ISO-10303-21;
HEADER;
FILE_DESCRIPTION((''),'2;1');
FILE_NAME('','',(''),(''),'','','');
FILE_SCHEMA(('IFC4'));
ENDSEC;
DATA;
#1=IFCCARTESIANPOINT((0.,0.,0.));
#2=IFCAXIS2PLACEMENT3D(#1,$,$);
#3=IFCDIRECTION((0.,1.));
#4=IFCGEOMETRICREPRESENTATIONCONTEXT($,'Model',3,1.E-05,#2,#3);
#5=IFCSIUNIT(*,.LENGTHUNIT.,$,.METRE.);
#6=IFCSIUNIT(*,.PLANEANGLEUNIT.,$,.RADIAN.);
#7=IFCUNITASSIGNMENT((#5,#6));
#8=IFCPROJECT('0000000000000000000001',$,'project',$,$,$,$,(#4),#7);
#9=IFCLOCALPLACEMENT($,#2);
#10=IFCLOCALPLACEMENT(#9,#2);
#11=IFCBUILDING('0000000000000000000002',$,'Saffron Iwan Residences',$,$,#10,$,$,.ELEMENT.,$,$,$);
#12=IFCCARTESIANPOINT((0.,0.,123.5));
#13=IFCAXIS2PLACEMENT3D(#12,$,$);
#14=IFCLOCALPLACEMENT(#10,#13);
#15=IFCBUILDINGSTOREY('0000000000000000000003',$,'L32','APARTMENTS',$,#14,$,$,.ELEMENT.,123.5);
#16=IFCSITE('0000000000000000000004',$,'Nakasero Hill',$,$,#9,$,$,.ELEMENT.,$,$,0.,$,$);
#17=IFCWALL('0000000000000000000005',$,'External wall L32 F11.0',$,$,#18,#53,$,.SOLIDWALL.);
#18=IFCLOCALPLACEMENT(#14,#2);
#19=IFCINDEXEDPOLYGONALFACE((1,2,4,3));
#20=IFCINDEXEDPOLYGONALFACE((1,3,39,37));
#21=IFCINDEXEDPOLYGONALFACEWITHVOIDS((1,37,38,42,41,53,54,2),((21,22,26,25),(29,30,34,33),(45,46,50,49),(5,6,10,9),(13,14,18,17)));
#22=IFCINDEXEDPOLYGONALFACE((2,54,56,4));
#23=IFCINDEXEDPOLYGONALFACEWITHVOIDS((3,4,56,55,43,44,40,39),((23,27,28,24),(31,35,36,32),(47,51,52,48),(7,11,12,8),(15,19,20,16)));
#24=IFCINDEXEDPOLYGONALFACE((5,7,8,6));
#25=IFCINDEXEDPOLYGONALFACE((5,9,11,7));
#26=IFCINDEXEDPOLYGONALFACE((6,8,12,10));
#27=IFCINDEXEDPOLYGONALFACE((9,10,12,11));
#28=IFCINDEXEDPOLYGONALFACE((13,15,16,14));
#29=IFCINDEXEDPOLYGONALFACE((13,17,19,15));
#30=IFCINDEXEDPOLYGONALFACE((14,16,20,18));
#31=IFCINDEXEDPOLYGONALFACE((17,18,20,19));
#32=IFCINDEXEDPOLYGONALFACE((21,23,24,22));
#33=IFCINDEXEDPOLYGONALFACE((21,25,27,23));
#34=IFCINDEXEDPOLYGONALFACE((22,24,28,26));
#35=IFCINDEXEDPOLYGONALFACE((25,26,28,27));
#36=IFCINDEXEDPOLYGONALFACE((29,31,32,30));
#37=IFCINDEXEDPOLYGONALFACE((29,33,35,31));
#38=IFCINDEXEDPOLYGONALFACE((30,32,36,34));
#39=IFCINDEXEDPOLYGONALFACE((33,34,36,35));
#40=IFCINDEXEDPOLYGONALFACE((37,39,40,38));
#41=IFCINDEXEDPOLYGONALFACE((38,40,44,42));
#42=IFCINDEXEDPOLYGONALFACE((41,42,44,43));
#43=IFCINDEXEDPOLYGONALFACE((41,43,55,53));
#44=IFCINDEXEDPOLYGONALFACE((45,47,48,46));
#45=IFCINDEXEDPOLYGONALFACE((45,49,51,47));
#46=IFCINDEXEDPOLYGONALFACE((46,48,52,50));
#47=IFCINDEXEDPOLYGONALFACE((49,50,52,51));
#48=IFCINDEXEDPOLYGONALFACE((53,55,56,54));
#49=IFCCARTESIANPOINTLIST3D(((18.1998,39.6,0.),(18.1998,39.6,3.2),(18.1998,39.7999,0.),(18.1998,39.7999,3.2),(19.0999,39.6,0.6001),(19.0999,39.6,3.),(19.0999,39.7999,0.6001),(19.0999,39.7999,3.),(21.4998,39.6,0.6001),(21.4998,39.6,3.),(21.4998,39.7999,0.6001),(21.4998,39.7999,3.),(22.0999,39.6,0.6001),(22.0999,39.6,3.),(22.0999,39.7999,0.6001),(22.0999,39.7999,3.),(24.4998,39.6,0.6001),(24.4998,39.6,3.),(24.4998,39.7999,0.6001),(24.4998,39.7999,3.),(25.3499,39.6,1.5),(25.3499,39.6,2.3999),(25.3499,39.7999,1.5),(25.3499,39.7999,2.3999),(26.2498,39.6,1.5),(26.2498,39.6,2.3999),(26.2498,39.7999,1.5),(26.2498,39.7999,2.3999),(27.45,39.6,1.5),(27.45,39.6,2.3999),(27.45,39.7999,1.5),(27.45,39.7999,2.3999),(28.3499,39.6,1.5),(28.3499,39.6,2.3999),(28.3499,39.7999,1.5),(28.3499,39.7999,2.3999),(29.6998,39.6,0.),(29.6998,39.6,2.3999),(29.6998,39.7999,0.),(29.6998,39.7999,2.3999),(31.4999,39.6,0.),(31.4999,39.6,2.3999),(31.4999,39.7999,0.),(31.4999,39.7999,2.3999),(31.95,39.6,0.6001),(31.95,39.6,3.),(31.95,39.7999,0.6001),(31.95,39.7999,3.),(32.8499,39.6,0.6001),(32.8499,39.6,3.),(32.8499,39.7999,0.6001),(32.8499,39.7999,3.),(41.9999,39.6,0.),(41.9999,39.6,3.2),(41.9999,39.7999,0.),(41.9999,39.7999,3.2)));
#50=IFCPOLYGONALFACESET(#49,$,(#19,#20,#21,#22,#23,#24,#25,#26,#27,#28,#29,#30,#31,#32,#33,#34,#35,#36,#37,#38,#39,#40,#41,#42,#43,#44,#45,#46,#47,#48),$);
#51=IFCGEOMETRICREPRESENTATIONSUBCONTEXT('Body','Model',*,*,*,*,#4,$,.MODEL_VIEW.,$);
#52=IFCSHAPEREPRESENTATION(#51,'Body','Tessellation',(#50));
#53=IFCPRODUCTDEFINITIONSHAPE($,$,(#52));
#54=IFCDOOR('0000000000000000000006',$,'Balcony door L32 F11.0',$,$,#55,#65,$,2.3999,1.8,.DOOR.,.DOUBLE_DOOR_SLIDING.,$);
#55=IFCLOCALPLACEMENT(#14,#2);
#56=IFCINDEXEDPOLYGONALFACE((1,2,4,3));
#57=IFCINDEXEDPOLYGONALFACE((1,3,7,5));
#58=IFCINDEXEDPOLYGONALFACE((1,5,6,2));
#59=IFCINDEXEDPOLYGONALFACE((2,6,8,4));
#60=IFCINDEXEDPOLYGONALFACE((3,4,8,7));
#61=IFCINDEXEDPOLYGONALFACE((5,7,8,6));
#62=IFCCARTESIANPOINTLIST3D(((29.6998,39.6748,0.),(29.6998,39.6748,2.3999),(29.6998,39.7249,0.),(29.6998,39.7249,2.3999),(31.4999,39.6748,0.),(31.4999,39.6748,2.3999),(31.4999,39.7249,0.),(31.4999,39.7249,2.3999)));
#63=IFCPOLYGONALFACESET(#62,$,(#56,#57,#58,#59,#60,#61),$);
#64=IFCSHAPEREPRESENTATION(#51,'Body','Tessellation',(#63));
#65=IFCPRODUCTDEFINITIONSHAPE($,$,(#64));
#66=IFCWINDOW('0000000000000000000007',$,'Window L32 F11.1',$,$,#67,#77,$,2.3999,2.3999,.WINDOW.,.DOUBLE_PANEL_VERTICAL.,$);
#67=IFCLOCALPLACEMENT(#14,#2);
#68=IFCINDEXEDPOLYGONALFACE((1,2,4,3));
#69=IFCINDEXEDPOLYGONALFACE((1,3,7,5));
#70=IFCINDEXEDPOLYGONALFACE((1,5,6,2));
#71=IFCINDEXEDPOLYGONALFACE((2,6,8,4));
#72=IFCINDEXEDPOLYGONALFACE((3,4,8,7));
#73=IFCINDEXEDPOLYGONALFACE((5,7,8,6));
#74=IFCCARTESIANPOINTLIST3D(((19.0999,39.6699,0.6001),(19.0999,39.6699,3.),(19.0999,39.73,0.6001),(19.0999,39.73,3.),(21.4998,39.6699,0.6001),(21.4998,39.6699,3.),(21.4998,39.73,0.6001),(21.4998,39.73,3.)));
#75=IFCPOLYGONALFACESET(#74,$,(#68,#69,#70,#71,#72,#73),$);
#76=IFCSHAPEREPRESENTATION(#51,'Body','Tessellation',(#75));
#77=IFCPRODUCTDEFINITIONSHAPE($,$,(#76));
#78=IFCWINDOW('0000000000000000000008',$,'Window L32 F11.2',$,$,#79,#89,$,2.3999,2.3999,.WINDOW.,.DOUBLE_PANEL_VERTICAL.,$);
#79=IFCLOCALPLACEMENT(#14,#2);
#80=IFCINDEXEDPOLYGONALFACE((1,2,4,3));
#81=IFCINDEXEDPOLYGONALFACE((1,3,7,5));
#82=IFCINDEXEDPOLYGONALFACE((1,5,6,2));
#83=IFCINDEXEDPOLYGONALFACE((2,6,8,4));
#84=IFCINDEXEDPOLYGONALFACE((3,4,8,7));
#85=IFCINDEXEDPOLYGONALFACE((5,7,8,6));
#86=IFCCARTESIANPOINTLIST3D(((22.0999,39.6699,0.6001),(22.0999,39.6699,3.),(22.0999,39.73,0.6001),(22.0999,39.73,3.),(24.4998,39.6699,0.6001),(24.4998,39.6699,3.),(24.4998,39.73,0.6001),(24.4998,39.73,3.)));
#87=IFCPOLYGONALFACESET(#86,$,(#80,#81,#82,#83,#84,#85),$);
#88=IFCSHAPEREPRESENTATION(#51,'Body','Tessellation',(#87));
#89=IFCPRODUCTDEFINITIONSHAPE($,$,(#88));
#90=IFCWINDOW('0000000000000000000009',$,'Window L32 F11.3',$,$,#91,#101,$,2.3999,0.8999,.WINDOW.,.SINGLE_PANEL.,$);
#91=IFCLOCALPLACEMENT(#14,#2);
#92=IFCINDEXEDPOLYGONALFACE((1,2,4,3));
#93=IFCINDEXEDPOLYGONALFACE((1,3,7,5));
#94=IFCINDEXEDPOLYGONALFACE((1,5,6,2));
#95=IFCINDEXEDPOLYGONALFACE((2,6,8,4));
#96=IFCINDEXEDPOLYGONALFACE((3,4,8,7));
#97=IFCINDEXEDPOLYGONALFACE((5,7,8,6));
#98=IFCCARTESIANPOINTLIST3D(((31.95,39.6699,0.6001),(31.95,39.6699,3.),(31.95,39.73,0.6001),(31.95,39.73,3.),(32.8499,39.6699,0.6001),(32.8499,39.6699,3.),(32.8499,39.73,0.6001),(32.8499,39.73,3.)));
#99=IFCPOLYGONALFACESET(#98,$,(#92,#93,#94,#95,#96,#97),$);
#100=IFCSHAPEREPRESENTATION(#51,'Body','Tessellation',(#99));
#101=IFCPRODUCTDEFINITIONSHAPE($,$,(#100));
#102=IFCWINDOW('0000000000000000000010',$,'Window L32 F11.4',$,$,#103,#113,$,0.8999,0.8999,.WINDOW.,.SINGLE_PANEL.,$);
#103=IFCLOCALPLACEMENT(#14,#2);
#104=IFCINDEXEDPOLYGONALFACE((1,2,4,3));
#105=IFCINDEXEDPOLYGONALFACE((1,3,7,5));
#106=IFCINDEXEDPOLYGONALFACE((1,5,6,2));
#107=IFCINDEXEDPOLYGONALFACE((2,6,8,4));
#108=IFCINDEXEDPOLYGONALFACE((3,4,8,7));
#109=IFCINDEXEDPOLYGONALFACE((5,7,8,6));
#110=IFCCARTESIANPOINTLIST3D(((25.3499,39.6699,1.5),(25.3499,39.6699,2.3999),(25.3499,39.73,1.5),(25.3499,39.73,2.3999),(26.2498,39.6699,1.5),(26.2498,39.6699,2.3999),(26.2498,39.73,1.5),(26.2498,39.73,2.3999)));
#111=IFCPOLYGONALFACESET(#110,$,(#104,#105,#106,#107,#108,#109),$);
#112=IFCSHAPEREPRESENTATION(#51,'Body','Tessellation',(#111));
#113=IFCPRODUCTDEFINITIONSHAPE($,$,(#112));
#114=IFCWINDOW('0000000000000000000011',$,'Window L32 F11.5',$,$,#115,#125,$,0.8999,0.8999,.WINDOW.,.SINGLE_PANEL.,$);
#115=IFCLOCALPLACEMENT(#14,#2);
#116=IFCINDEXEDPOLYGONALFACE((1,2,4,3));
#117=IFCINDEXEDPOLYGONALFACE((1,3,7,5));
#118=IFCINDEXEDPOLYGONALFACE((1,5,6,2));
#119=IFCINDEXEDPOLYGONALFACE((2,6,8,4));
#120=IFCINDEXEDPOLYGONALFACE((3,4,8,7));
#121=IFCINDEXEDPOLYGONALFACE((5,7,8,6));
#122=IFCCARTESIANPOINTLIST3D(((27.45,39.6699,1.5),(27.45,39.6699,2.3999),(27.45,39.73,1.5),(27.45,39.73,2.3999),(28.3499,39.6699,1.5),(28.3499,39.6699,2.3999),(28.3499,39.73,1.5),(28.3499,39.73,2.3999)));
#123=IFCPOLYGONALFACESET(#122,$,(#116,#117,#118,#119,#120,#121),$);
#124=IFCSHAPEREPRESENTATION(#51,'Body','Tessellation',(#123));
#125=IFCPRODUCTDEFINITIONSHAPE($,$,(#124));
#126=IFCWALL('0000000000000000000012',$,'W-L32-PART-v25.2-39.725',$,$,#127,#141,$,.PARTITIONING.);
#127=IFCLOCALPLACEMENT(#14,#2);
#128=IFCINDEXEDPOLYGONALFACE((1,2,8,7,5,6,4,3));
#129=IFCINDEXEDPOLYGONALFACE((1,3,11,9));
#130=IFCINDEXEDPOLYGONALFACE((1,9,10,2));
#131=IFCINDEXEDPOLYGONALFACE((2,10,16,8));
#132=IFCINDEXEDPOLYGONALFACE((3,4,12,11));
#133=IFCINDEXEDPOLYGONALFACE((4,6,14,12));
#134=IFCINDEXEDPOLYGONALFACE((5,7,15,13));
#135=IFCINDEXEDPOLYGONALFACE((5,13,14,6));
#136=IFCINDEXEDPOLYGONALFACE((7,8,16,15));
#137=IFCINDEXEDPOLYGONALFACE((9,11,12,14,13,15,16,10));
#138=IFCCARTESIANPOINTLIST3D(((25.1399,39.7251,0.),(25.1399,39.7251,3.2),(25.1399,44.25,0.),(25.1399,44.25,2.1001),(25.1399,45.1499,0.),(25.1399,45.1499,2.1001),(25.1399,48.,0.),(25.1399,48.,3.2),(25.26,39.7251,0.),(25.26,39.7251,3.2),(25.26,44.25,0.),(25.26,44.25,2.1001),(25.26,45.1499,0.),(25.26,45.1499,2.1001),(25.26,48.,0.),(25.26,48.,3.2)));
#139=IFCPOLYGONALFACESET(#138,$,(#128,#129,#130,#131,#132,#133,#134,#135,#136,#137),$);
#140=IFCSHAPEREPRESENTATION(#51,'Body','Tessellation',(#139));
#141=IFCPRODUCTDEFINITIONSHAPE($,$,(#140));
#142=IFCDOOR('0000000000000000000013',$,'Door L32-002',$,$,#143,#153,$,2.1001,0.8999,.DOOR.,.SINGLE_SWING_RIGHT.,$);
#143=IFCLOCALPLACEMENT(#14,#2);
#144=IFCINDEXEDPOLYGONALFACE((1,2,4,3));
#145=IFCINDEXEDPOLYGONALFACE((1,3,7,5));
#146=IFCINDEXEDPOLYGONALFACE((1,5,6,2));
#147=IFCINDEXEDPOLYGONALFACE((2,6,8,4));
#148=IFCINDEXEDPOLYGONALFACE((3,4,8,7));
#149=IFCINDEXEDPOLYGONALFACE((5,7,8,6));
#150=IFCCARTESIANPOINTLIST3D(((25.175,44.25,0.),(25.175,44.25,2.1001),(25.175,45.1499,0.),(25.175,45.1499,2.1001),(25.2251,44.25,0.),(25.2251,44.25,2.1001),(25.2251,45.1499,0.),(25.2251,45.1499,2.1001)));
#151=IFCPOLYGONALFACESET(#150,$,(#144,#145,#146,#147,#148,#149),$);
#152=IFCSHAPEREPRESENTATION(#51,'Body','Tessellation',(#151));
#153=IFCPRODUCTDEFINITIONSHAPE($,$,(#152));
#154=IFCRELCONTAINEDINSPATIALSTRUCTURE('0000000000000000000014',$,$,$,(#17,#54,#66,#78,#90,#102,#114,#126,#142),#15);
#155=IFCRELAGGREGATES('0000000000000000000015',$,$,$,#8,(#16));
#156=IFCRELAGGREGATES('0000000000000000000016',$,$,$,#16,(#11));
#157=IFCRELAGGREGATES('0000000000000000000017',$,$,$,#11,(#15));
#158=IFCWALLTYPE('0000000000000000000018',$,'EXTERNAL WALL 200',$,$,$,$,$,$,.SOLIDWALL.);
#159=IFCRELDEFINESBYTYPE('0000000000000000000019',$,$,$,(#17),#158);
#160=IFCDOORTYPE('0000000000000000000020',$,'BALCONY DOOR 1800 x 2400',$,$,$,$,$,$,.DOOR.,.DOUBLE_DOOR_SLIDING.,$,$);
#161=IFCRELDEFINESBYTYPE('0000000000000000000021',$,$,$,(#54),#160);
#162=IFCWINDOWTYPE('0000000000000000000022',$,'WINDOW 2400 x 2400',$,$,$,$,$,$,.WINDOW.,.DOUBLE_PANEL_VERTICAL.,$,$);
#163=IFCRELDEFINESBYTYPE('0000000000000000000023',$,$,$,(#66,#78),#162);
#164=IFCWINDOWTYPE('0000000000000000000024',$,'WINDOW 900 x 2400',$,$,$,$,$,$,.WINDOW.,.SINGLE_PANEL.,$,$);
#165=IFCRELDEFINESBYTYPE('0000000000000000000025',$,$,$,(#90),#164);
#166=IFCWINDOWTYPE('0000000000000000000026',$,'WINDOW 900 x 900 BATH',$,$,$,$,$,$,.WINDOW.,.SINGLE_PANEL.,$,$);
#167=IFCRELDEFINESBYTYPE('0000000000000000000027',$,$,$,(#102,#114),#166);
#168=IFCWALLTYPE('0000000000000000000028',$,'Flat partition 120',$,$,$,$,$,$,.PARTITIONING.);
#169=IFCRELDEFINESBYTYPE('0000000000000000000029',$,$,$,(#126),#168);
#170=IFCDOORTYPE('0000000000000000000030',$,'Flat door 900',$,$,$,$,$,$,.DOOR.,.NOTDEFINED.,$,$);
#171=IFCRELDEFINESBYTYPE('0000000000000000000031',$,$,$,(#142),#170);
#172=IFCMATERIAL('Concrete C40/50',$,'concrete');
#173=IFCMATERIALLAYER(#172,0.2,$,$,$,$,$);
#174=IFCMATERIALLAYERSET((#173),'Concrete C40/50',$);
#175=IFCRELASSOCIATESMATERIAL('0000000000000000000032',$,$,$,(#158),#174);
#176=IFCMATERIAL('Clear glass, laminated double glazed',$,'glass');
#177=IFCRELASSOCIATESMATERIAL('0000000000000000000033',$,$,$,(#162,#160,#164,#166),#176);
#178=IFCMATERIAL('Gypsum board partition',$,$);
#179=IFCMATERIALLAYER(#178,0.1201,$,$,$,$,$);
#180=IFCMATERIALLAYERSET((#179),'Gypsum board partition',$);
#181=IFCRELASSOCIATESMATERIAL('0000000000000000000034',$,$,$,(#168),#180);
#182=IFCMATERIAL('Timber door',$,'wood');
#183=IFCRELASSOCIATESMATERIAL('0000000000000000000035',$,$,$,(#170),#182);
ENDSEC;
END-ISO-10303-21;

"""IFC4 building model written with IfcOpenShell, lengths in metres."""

from ifc_helpers import new_model, si_unit, direction, frame, frame_2d, origin, place, context, subcontext, project, spatial, rectangle, extrude, material, layer, layer_set, type_object, element, fill, save


model = new_model("IFC4")

# Units and contexts
model_context = context("Model", 3, precision=1e-05, world=origin(), true_north=direction((0.0, 1.0)))
body_context = subcontext(model_context, "Body", "Model", "MODEL_VIEW")
ifc_project = project(units=[si_unit("LENGTHUNIT", "METRE"), si_unit("PLANEANGLEUNIT", "RADIAN")], contexts=[model_context])

# Site, building, storey
site_placement = place(None, origin())
site = spatial("IfcSite", under=ifc_project, at=site_placement, Name="Nakasero Hill", CompositionType="ELEMENT", RefElevation=0.0)
building_placement = place(site_placement, origin())
building = spatial("IfcBuilding", under=site, at=building_placement, Name="Saffron Iwan Residences", CompositionType="ELEMENT")
storey_placement = place(building_placement, frame((0.0, 0.0, 123.5)))
storey = spatial("IfcBuildingStorey", under=building, at=storey_placement, Name="L32", Description="APARTMENTS", CompositionType="ELEMENT", Elevation=123.5)

# Shared definitions
ifc_material_1 = material(Name="Concrete C40/50", Category="concrete")
ifc_layer_1 = layer(ifc_material_1, 0.2)
ifc_layer_set_1 = layer_set([ifc_layer_1], Name="Concrete C40/50")
wall_type_1 = type_object("IfcWallType", Name="EXTERNAL WALL 200", PredefinedType="SOLIDWALL", material=ifc_layer_set_1)
ifc_material_2 = material(Name="Clear glass, laminated double glazed", Category="glass")
window_type_1 = type_object("IfcWindowType", Name="WINDOW 2400 x 2400", PartitioningType="DOUBLE_PANEL_VERTICAL", PredefinedType="WINDOW", material=ifc_material_2)

# Wall, openings, door, windows
wall_1_placement = place(storey_placement, frame((18.2, 39.7, 0.0), z_axis=(0.0, 0.0, 1.0), x_axis=(1.0, 0.0, 0.0)))
wall_1 = element("IfcWall", 1, at=wall_1_placement, inside=storey, type_object=wall_type_1, Name="External wall L32 F11.0", PredefinedType="SOLIDWALL", context=body_context, shape_type="SweptSolid", body=[
    extrude(rectangle(XDim=23.8, YDim=0.2, at=frame_2d((11.8999, 0.0))), origin(), (0.0, 0.0, 1.0), 3.2),
])
opening_1_placement = place(wall_1_placement, frame((11.5, 0.0, 0.0)))
opening_1 = element("IfcOpeningElement", 2, at=opening_1_placement, cuts=wall_1, PredefinedType="OPENING", context=body_context, shape_type="SweptSolid", body=[
    extrude(rectangle(XDim=1.8, YDim=2.3999, at=frame_2d((0.8999, 1.2))), frame((0.0, 0.1099, 0.0), z_axis=(0.0, -1.0, 0.0), x_axis=(1.0, 0.0, 0.0)), (0.0, 0.0, 1.0), 0.22),
])
opening_2_placement = place(wall_1_placement, frame((0.8999, 0.0, 0.6001)))
opening_2 = element("IfcOpeningElement", 3, at=opening_2_placement, cuts=wall_1, PredefinedType="OPENING", context=body_context, shape_type="SweptSolid", body=[
    extrude(rectangle(XDim=2.3999, YDim=2.3999, at=frame_2d((1.2, 1.2))), frame((0.0, 0.1099, 0.0), z_axis=(0.0, -1.0, 0.0), x_axis=(1.0, 0.0, 0.0)), (0.0, 0.0, 1.0), 0.22),
])
opening_3_placement = place(wall_1_placement, frame((3.8999, 0.0, 0.6001)))
opening_3 = element("IfcOpeningElement", 4, at=opening_3_placement, cuts=wall_1, PredefinedType="OPENING", context=body_context, shape_type="SweptSolid", body=[
    extrude(rectangle(XDim=2.3999, YDim=2.3999, at=frame_2d((1.2, 1.2))), frame((0.0, 0.1099, 0.0), z_axis=(0.0, -1.0, 0.0), x_axis=(1.0, 0.0, 0.0)), (0.0, 0.0, 1.0), 0.22),
])
opening_4_placement = place(wall_1_placement, frame((13.75, 0.0, 0.6001)))
opening_4 = element("IfcOpeningElement", 5, at=opening_4_placement, cuts=wall_1, PredefinedType="OPENING", context=body_context, shape_type="SweptSolid", body=[
    extrude(rectangle(XDim=0.8999, YDim=2.3999, at=frame_2d((0.45, 1.2))), frame((0.0, 0.1099, 0.0), z_axis=(0.0, -1.0, 0.0), x_axis=(1.0, 0.0, 0.0)), (0.0, 0.0, 1.0), 0.22),
])
opening_5_placement = place(wall_1_placement, frame((7.1499, 0.0, 1.5)))
opening_5 = element("IfcOpeningElement", 6, at=opening_5_placement, cuts=wall_1, PredefinedType="OPENING", context=body_context, shape_type="SweptSolid", body=[
    extrude(rectangle(XDim=0.8999, YDim=0.8999, at=frame_2d((0.45, 0.45))), frame((0.0, 0.1099, 0.0), z_axis=(0.0, -1.0, 0.0), x_axis=(1.0, 0.0, 0.0)), (0.0, 0.0, 1.0), 0.22),
])
opening_6_placement = place(wall_1_placement, frame((9.25, 0.0, 1.5)))
opening_6 = element("IfcOpeningElement", 7, at=opening_6_placement, cuts=wall_1, PredefinedType="OPENING", context=body_context, shape_type="SweptSolid", body=[
    extrude(rectangle(XDim=0.8999, YDim=0.8999, at=frame_2d((0.45, 0.45))), frame((0.0, 0.1099, 0.0), z_axis=(0.0, -1.0, 0.0), x_axis=(1.0, 0.0, 0.0)), (0.0, 0.0, 1.0), 0.22),
])
door_type_1 = type_object("IfcDoorType", Name="BALCONY DOOR 1800 x 2400", OperationType="DOUBLE_DOOR_SLIDING", PredefinedType="DOOR", material=ifc_material_2)
door_1_placement = place(opening_1_placement, origin())
door_1 = element("IfcDoor", 8, at=door_1_placement, inside=storey, type_object=door_type_1, Name="Balcony door L32 F11.0", OperationType="DOUBLE_DOOR_SLIDING", OverallHeight=2.3999, OverallWidth=1.8, PredefinedType="DOOR", context=body_context, shape_type="SweptSolid", body=[
    extrude(rectangle(XDim=1.8, YDim=2.3999, at=frame_2d((0.8999, 1.2))), frame((0.0, 0.0249, 0.0), z_axis=(0.0, -1.0, 0.0), x_axis=(1.0, 0.0, 0.0)), (0.0, 0.0, 1.0), 0.05),
])
fill(opening_1, door_1)
window_1_placement = place(opening_2_placement, origin())
window_1 = element("IfcWindow", 9, at=window_1_placement, inside=storey, type_object=window_type_1, Name="Window L32 F11.1", OverallHeight=2.3999, OverallWidth=2.3999, PartitioningType="DOUBLE_PANEL_VERTICAL", PredefinedType="WINDOW", context=body_context, shape_type="SweptSolid", body=[
    extrude(rectangle(XDim=2.3999, YDim=2.3999, at=frame_2d((1.2, 1.2))), frame((0.0, 0.03, 0.0), z_axis=(0.0, -1.0, 0.0), x_axis=(1.0, 0.0, 0.0)), (0.0, 0.0, 1.0), 0.0601),
])
fill(opening_2, window_1)
window_2_placement = place(opening_3_placement, origin())
window_2 = element("IfcWindow", 10, at=window_2_placement, inside=storey, type_object=window_type_1, Name="Window L32 F11.2", OverallHeight=2.3999, OverallWidth=2.3999, PartitioningType="DOUBLE_PANEL_VERTICAL", PredefinedType="WINDOW", context=body_context, shape_type="SweptSolid", body=[
    extrude(rectangle(XDim=2.3999, YDim=2.3999, at=frame_2d((1.2, 1.2))), frame((0.0, 0.03, 0.0), z_axis=(0.0, -1.0, 0.0), x_axis=(1.0, 0.0, 0.0)), (0.0, 0.0, 1.0), 0.0601),
])
fill(opening_3, window_2)
window_type_2 = type_object("IfcWindowType", Name="WINDOW 900 x 2400", PartitioningType="SINGLE_PANEL", PredefinedType="WINDOW", material=ifc_material_2)
window_3_placement = place(opening_4_placement, origin())
window_3 = element("IfcWindow", 11, at=window_3_placement, inside=storey, type_object=window_type_2, Name="Window L32 F11.3", OverallHeight=2.3999, OverallWidth=0.8999, PartitioningType="SINGLE_PANEL", PredefinedType="WINDOW", context=body_context, shape_type="SweptSolid", body=[
    extrude(rectangle(XDim=0.8999, YDim=2.3999, at=frame_2d((0.45, 1.2))), frame((0.0, 0.03, 0.0), z_axis=(0.0, -1.0, 0.0), x_axis=(1.0, 0.0, 0.0)), (0.0, 0.0, 1.0), 0.0601),
])
fill(opening_4, window_3)
window_type_3 = type_object("IfcWindowType", Name="WINDOW 900 x 900 BATH", PartitioningType="SINGLE_PANEL", PredefinedType="WINDOW", material=ifc_material_2)
window_4_placement = place(opening_5_placement, origin())
window_4 = element("IfcWindow", 12, at=window_4_placement, inside=storey, type_object=window_type_3, Name="Window L32 F11.4", OverallHeight=0.8999, OverallWidth=0.8999, PartitioningType="SINGLE_PANEL", PredefinedType="WINDOW", context=body_context, shape_type="SweptSolid", body=[
    extrude(rectangle(XDim=0.8999, YDim=0.8999, at=frame_2d((0.45, 0.45))), frame((0.0, 0.03, 0.0), z_axis=(0.0, -1.0, 0.0), x_axis=(1.0, 0.0, 0.0)), (0.0, 0.0, 1.0), 0.0601),
])
fill(opening_5, window_4)
window_5_placement = place(opening_6_placement, origin())
window_5 = element("IfcWindow", 13, at=window_5_placement, inside=storey, type_object=window_type_3, Name="Window L32 F11.5", OverallHeight=0.8999, OverallWidth=0.8999, PartitioningType="SINGLE_PANEL", PredefinedType="WINDOW", context=body_context, shape_type="SweptSolid", body=[
    extrude(rectangle(XDim=0.8999, YDim=0.8999, at=frame_2d((0.45, 0.45))), frame((0.0, 0.03, 0.0), z_axis=(0.0, -1.0, 0.0), x_axis=(1.0, 0.0, 0.0)), (0.0, 0.0, 1.0), 0.0601),
])
fill(opening_6, window_5)

# Wall, opening, door
ifc_material_3 = material(Name="Gypsum board partition")
ifc_layer_2 = layer(ifc_material_3, 0.1201)
ifc_layer_set_2 = layer_set([ifc_layer_2], Name="Gypsum board partition")
wall_type_2 = type_object("IfcWallType", Name="Flat partition 120", PredefinedType="PARTITIONING", material=ifc_layer_set_2)
wall_2_placement = place(storey_placement, frame((25.2, 39.7251, 0.0), z_axis=(0.0, 0.0, 1.0), x_axis=(0.0, 1.0, 0.0)))
wall_2 = element("IfcWall", 14, at=wall_2_placement, inside=storey, type_object=wall_type_2, Name="W-L32-PART-v25.2-39.725", PredefinedType="PARTITIONING", context=body_context, shape_type="SweptSolid", body=[
    extrude(rectangle(XDim=8.2749, YDim=0.1201, at=frame_2d((4.1375, 0.0))), origin(), (0.0, 0.0, 1.0), 3.2),
])
opening_7_placement = place(wall_2_placement, frame((4.5249, 0.0, 0.0)))
opening_7 = element("IfcOpeningElement", 15, at=opening_7_placement, cuts=wall_2, PredefinedType="OPENING", context=body_context, shape_type="SweptSolid", body=[
    extrude(rectangle(XDim=0.8999, YDim=2.1001, at=frame_2d((0.45, 1.05))), frame((0.0, 0.0701, 0.0), z_axis=(0.0, -1.0, 0.0), x_axis=(1.0, 0.0, 0.0)), (0.0, 0.0, 1.0), 0.1401),
])
ifc_material_4 = material(Name="Timber door", Category="wood")
door_type_2 = type_object("IfcDoorType", Name="Flat door 900", OperationType="NOTDEFINED", PredefinedType="DOOR", material=ifc_material_4)
door_2_placement = place(opening_7_placement, origin())
door_2 = element("IfcDoor", 16, at=door_2_placement, inside=storey, type_object=door_type_2, Name="Door L32-002", OperationType="SINGLE_SWING_RIGHT", OverallHeight=2.1001, OverallWidth=0.8999, PredefinedType="DOOR", context=body_context, shape_type="SweptSolid", body=[
    extrude(rectangle(XDim=0.8999, YDim=2.1001, at=frame_2d((0.45, 1.05))), frame((0.0, 0.0249, 0.0), z_axis=(0.0, -1.0, 0.0), x_axis=(1.0, 0.0, 0.0)), (0.0, 0.0, 1.0), 0.05),
])
fill(opening_7, door_2)

save(model, "model.ifc")
